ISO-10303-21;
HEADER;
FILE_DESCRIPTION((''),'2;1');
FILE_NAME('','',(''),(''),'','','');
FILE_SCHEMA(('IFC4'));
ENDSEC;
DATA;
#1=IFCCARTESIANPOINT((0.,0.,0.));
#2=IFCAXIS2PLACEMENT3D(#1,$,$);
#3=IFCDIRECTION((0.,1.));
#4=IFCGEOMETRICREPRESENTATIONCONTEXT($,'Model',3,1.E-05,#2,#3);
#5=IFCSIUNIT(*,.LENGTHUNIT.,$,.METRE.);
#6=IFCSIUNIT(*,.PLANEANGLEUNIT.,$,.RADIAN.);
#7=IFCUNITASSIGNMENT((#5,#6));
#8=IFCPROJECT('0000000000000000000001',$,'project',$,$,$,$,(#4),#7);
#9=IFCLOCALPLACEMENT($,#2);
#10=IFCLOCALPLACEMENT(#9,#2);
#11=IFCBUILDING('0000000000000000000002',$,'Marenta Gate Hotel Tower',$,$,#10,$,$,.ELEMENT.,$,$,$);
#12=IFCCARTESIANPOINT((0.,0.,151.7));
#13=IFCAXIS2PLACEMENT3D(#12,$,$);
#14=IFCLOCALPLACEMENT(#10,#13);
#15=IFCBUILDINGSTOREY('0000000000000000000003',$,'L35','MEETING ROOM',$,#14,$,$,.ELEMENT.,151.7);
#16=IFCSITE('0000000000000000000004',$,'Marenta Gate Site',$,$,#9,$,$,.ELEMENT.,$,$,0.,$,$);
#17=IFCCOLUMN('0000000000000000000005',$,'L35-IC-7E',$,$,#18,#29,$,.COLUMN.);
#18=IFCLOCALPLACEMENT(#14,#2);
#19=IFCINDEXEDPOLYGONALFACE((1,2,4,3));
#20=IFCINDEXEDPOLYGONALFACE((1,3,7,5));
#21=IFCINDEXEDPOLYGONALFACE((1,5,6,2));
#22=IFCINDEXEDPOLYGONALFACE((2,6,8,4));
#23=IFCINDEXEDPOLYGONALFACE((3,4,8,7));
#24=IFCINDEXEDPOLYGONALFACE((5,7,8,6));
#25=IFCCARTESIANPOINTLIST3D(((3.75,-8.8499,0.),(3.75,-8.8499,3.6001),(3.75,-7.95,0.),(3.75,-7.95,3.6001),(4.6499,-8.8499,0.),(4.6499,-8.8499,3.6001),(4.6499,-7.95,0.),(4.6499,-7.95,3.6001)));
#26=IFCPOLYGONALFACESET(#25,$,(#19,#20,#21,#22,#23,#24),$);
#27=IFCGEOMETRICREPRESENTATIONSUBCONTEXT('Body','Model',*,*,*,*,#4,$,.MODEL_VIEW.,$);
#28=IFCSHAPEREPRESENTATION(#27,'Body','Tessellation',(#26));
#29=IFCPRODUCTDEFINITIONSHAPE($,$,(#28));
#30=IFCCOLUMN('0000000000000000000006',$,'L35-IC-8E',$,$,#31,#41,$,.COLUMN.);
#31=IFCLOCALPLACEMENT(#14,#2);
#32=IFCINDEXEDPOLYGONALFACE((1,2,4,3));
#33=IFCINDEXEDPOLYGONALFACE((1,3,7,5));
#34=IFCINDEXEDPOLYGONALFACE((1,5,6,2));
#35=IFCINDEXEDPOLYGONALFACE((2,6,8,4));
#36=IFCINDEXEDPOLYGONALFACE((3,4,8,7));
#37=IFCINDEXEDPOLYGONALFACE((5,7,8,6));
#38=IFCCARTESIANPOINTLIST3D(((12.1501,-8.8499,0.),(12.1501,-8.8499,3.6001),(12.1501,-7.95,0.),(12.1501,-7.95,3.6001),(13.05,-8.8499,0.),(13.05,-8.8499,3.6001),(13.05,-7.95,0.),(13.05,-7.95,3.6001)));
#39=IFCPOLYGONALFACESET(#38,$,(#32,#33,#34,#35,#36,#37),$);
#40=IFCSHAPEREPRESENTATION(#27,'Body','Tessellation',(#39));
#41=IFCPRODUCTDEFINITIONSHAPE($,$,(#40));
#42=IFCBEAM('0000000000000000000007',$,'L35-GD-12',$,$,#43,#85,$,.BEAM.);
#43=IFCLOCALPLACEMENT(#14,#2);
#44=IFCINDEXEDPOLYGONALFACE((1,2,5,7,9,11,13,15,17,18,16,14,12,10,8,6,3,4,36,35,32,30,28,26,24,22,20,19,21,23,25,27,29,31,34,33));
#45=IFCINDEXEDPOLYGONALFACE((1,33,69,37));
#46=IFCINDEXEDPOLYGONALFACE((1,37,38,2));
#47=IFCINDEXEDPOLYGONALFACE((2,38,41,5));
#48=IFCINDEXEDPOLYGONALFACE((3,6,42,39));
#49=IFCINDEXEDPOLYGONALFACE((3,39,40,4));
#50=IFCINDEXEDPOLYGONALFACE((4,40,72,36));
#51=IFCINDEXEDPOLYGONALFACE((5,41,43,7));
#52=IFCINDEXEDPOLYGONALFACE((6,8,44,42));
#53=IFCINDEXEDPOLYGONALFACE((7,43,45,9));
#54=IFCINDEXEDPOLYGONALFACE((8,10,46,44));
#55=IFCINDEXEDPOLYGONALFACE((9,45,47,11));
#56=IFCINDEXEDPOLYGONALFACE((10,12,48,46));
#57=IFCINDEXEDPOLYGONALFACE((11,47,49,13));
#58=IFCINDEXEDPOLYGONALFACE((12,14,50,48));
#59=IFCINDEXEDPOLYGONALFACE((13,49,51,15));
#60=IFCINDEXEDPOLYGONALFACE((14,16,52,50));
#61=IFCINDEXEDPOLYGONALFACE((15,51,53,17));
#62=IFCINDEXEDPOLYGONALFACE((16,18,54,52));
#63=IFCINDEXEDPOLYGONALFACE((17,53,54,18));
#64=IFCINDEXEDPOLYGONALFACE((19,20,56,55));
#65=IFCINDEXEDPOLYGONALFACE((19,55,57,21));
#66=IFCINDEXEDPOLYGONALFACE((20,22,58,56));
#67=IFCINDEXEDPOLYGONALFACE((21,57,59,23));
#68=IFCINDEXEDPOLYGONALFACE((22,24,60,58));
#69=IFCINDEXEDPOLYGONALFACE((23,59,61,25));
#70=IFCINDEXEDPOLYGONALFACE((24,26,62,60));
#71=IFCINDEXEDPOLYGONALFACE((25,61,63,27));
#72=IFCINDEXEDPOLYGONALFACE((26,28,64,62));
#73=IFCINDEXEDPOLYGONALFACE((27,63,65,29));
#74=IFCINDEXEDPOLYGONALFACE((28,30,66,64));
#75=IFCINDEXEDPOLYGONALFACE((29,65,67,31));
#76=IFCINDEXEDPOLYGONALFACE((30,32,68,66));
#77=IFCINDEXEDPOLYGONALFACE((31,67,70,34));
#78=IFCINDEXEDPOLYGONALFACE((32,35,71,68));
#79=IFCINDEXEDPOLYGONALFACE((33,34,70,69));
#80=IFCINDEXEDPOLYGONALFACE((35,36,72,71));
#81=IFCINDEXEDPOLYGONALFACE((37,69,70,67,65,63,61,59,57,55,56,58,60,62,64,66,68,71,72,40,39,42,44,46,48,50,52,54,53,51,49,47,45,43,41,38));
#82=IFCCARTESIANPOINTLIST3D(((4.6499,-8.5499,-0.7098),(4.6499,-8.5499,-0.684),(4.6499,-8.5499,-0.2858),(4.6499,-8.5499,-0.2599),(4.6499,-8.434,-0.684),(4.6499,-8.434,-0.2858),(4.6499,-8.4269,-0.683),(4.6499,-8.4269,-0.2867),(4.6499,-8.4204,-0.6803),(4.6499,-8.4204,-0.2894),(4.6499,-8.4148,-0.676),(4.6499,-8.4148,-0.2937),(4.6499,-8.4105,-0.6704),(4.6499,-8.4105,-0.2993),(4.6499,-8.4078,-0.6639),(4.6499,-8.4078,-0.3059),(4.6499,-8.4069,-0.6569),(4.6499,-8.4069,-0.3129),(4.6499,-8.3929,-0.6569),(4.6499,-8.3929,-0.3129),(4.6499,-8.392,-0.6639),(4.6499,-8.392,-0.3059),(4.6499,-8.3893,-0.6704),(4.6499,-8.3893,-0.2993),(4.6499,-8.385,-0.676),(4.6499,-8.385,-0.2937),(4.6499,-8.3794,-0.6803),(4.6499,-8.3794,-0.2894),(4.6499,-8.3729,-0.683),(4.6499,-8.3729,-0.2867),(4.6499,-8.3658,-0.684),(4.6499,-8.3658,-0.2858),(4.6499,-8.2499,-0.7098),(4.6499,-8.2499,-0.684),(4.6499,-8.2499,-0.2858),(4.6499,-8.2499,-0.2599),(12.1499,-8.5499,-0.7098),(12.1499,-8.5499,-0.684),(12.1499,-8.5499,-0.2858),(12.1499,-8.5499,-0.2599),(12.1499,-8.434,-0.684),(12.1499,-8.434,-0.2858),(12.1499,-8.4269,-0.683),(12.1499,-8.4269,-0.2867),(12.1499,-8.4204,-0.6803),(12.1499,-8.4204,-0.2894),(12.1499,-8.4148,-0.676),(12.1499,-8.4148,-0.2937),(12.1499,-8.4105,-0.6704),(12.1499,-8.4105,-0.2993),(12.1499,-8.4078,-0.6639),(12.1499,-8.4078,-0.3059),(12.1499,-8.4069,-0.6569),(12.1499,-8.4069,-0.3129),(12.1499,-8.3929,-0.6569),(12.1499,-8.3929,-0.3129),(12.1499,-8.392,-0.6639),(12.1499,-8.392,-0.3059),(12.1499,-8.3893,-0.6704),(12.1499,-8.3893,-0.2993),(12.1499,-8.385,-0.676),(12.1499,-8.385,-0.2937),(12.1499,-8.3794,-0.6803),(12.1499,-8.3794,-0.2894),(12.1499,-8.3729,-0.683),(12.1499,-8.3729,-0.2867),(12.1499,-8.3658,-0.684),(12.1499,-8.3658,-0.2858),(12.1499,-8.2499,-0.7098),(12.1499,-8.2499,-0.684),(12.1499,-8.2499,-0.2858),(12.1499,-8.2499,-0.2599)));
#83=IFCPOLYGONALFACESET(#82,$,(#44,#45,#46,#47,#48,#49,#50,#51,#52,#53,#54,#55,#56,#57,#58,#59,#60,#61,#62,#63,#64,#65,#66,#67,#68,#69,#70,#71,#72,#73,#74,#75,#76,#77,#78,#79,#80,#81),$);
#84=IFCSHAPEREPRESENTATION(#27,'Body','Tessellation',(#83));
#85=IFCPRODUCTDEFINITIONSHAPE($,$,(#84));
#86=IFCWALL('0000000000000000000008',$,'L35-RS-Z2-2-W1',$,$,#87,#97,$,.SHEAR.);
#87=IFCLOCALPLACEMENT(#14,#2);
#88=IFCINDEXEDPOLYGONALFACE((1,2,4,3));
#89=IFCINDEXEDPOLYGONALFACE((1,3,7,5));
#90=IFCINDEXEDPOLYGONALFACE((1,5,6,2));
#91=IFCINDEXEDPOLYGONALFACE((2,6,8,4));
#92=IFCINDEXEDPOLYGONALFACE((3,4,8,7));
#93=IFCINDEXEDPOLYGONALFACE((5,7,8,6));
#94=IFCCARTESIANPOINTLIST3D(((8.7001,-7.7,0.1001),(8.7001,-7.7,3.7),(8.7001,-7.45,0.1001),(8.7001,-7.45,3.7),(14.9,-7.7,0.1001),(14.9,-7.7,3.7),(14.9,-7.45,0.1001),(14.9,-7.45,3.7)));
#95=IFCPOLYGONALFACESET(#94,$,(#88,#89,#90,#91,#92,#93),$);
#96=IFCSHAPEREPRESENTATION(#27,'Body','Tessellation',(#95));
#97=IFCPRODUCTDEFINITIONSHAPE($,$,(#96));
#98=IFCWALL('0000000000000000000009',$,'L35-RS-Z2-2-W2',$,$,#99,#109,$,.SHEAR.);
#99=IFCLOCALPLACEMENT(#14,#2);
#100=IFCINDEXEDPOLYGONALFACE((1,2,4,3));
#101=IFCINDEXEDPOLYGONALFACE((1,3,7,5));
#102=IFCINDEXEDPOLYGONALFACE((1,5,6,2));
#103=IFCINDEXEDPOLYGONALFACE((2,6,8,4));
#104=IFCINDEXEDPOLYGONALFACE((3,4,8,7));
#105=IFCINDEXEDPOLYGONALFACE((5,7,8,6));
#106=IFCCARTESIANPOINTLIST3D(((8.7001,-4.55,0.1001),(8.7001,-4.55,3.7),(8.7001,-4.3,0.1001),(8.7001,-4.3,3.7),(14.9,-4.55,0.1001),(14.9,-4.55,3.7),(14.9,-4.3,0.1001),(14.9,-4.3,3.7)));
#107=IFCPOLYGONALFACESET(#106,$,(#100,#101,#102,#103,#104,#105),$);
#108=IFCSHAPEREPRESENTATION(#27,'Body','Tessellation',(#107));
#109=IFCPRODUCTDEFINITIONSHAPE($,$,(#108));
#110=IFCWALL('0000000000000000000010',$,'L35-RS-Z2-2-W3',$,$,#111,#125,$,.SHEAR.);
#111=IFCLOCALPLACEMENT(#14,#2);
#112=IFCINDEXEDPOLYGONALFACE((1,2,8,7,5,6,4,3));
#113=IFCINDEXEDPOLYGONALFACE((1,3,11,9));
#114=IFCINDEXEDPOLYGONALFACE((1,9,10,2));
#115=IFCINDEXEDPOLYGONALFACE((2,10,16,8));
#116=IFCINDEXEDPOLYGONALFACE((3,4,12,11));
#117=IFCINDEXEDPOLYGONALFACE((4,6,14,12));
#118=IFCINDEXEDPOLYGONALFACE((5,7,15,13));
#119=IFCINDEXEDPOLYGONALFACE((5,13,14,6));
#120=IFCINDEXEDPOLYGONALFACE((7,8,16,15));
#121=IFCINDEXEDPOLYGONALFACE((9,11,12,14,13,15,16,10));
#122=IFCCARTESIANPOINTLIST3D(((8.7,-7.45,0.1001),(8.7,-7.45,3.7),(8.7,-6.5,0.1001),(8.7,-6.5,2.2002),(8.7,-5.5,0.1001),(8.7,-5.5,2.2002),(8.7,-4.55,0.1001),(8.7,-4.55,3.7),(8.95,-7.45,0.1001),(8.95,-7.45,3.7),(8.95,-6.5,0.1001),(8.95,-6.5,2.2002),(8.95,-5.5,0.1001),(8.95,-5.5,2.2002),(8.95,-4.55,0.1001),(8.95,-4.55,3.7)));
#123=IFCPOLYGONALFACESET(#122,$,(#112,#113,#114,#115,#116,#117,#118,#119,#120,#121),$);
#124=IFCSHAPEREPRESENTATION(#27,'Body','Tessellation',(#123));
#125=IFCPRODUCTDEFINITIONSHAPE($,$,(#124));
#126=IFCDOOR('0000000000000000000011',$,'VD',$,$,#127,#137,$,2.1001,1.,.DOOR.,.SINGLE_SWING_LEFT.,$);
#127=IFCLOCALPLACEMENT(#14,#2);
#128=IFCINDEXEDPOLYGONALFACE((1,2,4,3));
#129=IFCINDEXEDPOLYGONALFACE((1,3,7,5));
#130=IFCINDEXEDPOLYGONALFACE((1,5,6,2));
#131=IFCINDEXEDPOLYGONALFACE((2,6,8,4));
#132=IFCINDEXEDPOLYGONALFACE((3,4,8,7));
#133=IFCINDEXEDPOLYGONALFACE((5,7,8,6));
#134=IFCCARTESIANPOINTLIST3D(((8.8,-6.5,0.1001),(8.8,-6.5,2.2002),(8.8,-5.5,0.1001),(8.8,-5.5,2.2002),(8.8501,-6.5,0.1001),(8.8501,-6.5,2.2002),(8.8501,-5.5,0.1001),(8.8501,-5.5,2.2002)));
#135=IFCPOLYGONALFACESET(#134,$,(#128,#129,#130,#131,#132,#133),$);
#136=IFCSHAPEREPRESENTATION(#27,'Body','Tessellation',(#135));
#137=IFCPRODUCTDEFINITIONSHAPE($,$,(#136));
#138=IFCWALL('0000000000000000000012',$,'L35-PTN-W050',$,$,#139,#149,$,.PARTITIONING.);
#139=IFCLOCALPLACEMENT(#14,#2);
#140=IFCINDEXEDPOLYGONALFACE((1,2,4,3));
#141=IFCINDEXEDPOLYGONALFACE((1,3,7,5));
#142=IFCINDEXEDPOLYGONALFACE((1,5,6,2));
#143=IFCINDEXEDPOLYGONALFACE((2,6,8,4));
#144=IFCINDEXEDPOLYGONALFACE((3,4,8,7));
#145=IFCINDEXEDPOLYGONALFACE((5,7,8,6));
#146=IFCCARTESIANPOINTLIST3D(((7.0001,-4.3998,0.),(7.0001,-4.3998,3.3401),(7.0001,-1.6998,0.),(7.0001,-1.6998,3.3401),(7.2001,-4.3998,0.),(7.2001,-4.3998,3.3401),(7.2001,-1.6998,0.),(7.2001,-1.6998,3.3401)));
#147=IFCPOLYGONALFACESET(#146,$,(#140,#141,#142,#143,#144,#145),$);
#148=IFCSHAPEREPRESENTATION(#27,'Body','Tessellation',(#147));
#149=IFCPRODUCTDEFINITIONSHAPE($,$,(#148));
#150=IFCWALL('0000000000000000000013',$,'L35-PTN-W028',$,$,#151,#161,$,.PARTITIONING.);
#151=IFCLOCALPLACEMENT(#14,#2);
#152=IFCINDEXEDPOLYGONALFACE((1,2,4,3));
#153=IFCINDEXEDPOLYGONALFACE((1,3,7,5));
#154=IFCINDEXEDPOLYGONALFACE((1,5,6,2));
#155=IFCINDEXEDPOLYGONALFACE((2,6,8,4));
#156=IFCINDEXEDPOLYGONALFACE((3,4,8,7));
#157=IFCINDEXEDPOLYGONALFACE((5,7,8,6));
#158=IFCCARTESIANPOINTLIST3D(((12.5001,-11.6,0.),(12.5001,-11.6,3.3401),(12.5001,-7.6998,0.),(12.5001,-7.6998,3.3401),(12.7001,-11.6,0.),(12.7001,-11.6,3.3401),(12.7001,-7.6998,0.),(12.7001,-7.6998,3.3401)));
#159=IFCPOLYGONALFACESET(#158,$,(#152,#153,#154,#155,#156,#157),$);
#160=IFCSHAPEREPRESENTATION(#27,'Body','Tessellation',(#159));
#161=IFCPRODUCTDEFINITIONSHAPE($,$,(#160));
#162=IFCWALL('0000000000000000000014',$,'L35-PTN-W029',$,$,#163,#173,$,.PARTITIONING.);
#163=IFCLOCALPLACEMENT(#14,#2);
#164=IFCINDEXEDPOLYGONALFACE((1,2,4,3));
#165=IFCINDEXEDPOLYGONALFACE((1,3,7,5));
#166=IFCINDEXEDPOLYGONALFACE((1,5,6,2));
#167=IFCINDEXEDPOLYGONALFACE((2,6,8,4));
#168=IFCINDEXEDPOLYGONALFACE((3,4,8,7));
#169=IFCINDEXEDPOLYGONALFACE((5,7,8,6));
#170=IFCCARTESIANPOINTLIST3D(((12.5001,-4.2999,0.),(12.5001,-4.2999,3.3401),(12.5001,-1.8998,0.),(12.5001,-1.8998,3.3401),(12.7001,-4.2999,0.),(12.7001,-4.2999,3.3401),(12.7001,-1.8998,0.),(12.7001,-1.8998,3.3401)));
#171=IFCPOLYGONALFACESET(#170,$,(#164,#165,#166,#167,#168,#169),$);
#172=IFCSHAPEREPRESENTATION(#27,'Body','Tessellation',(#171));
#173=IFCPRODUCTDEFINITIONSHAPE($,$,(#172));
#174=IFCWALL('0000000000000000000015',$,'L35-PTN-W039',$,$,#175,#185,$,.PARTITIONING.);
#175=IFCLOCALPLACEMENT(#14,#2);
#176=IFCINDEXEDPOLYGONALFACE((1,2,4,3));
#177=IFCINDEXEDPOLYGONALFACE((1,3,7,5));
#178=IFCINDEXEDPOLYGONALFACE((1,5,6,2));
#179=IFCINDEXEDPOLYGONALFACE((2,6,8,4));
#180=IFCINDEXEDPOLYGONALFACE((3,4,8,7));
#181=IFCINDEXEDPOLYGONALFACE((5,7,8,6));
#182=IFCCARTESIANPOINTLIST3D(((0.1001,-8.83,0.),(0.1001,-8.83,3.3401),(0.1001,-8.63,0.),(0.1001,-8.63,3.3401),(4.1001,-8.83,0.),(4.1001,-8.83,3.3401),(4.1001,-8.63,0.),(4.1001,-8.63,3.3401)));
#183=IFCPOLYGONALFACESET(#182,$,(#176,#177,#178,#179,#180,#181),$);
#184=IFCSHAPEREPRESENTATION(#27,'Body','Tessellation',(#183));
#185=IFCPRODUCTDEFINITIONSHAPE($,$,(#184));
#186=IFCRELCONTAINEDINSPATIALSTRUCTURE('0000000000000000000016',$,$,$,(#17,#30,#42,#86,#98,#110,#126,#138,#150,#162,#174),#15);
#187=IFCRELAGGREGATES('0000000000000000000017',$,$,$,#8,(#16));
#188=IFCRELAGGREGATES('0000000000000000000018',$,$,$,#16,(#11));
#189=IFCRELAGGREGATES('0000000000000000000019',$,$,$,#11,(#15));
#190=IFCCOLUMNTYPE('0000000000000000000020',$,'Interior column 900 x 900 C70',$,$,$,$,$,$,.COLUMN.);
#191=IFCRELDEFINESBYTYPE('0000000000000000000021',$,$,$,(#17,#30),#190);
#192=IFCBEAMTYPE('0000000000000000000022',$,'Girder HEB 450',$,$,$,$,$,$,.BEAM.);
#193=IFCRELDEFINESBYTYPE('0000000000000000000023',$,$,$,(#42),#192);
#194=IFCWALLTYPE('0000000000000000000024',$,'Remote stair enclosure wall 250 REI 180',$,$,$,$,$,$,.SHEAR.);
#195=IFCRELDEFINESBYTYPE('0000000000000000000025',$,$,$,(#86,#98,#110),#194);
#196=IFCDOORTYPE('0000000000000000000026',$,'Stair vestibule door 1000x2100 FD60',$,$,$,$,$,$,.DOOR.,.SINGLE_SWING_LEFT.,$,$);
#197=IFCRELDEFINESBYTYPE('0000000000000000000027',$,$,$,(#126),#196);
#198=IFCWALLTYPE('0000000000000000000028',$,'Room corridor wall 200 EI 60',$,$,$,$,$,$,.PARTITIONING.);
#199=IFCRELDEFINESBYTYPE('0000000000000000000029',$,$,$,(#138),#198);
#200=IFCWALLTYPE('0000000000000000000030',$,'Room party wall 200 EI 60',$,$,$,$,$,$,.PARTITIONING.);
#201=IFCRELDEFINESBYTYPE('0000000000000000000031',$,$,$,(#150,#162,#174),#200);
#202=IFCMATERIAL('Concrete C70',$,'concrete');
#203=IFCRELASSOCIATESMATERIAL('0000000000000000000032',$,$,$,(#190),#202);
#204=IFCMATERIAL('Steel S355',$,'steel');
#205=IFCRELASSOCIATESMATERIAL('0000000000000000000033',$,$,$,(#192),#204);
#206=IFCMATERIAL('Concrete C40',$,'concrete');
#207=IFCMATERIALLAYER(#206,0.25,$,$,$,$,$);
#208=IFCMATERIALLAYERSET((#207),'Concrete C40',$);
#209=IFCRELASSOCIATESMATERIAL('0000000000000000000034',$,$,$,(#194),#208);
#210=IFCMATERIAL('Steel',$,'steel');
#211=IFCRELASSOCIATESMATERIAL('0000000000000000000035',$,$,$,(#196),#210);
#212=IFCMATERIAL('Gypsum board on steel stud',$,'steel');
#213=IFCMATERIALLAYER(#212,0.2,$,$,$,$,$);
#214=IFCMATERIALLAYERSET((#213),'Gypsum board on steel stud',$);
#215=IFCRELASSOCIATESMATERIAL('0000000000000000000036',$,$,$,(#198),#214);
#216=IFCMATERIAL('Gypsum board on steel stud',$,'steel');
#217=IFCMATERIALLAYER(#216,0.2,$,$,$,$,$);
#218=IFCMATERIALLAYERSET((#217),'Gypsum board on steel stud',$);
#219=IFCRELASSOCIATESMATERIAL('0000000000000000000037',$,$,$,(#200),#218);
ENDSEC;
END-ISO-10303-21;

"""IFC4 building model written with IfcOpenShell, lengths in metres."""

from ifc_helpers import new_model, si_unit, direction, frame, frame_2d, origin, origin_2d, place, context, subcontext, project, spatial, rectangle, i_section, extrude, material, layer, layer_set, material_profile, profile_set, type_object, element, fill, save


model = new_model("IFC4")

# Units and contexts
model_context = context("Model", 3, precision=1e-05, world=origin(), true_north=direction((0.0, 1.0)))
body_context = subcontext(model_context, "Body", "Model", "MODEL_VIEW")
ifc_project = project(units=[si_unit("LENGTHUNIT", "METRE"), si_unit("PLANEANGLEUNIT", "RADIAN")], contexts=[model_context])

# Site, building, storey
site_placement = place(None, origin())
site = spatial("IfcSite", under=ifc_project, at=site_placement, Name="Marenta Gate Site", CompositionType="ELEMENT", RefElevation=0.0)
building_placement = place(site_placement, origin())
building = spatial("IfcBuilding", under=site, at=building_placement, Name="Marenta Gate Hotel Tower", CompositionType="ELEMENT")
storey_placement = place(building_placement, frame((0.0, 0.0, 151.7)))
storey = spatial("IfcBuildingStorey", under=building, at=storey_placement, Name="L35", Description="MEETING ROOM", CompositionType="ELEMENT", Elevation=151.7)

# Columns
ifc_material_1 = material(Name="Concrete C70", Category="concrete")
ifc_material_profile_1 = material_profile(ifc_material_1, rectangle(XDim=0.8999, YDim=0.8999, at=origin_2d()), Name="900 x 900")
ifc_profile_set_1 = profile_set([ifc_material_profile_1], Name="Concrete C70")
column_type = type_object("IfcColumnType", Name="Interior column 900 x 900 C70", PredefinedType="COLUMN", material=ifc_profile_set_1)
for number, where, z_axis, x_axis, name in (
    (1, (4.2, -8.3999, 0.0), (0.0, 0.0, 1.0), (1.0, 0.0, 0.0), "L35-IC-7E"),
    (2, (12.6001, -8.3999, 0.0), (0.0, 0.0, 1.0), (1.0, 0.0, 0.0), "L35-IC-8E"),
):
    element("IfcColumn", number, at=place(storey_placement, frame(where, z_axis=z_axis, x_axis=x_axis)), inside=storey, type_object=column_type, Name=name, PredefinedType="COLUMN", context=body_context, shape_type="SweptSolid", body=[
        extrude(rectangle(XDim=0.8999, YDim=0.8999, at=origin_2d()), origin(), (0.0, 0.0, 1.0), 3.6001),
    ])

# Beam
ifc_material_2 = material(Name="Steel S355", Category="steel")
ifc_material_profile_2 = material_profile(ifc_material_2, i_section(OverallWidth=0.3, OverallDepth=0.45, WebThickness=0.0139, FlangeThickness=0.0259, FilletRadius=0.0271, at=origin_2d()), Name="HEB 450")
ifc_profile_set_2 = profile_set([ifc_material_profile_2], Name="Steel S355")
beam_type = type_object("IfcBeamType", Name="Girder HEB 450", PredefinedType="BEAM", material=ifc_profile_set_2)
beam_placement = place(storey_placement, frame((4.6499, -8.3999, -0.4849), z_axis=(1.0, 0.0, 0.0), x_axis=(0.0, 1.0, 0.0)))
element("IfcBeam", 3, at=beam_placement, inside=storey, type_object=beam_type, Name="L35-GD-12", PredefinedType="BEAM", context=body_context, shape_type="SweptSolid", body=[
    extrude(i_section(OverallWidth=0.3, OverallDepth=0.45, WebThickness=0.0139, FlangeThickness=0.0259, FilletRadius=0.0271, at=origin_2d()), origin(), (0.0, 0.0, 1.0), 7.5),
])

# Walls
ifc_material_3 = material(Name="Concrete C40", Category="concrete")
ifc_layer_1 = layer(ifc_material_3, 0.25)
ifc_layer_set_1 = layer_set([ifc_layer_1], Name="Concrete C40")
wall_type_1 = type_object("IfcWallType", Name="Remote stair enclosure wall 250 REI 180", PredefinedType="SHEAR", material=ifc_layer_set_1)
for number, where, z_axis, x_axis, name in (
    (4, (8.7, -7.575, 0.1001), (0.0, 0.0, 1.0), (1.0, 0.0, 0.0), "L35-RS-Z2-2-W1"),
    (5, (8.7, -4.425, 0.1001), (0.0, 0.0, 1.0), (1.0, 0.0, 0.0), "L35-RS-Z2-2-W2"),
):
    element("IfcWall", number, at=place(storey_placement, frame(where, z_axis=z_axis, x_axis=x_axis)), inside=storey, type_object=wall_type_1, Name=name, PredefinedType="SHEAR", context=body_context, shape_type="SweptSolid", body=[
        extrude(rectangle(XDim=6.2, YDim=0.25, at=frame_2d((3.1001, 0.0))), origin(), (0.0, 0.0, 1.0), 3.5999),
    ])

# Wall, opening, door
wall_1_placement = place(storey_placement, frame((8.825, -7.45, 0.1001), z_axis=(0.0, 0.0, 1.0), x_axis=(0.0, 1.0, 0.0)))
wall_1 = element("IfcWall", 6, at=wall_1_placement, inside=storey, type_object=wall_type_1, Name="L35-RS-Z2-2-W3", PredefinedType="SHEAR", context=body_context, shape_type="SweptSolid", body=[
    extrude(rectangle(XDim=2.8999, YDim=0.25, at=frame_2d((1.45, 0.0))), origin(), (0.0, 0.0, 1.0), 3.5999),
])
opening_1_placement = place(wall_1_placement, frame((0.95, 0.0, 0.0)))
opening_1 = element("IfcOpeningElement", 7, at=opening_1_placement, cuts=wall_1, PredefinedType="OPENING", context=body_context, shape_type="SweptSolid", body=[
    extrude(rectangle(XDim=1.0, YDim=2.1001, at=frame_2d((0.5, 1.05))), frame((0.0, 0.125, 0.0), z_axis=(0.0, -1.0, 0.0), x_axis=(1.0, 0.0, 0.0)), (0.0, 0.0, 1.0), 0.25),
])
ifc_material_4 = material(Name="Steel", Category="steel")
door_type_1 = type_object("IfcDoorType", Name="Stair vestibule door 1000x2100 FD60", OperationType="SINGLE_SWING_LEFT", PredefinedType="DOOR", material=ifc_material_4)
door_1_placement = place(opening_1_placement, origin())
door_1 = element("IfcDoor", 8, at=door_1_placement, inside=storey, type_object=door_type_1, Name="VD", OperationType="SINGLE_SWING_LEFT", OverallHeight=2.1001, OverallWidth=1.0, PredefinedType="DOOR", context=body_context, shape_type="SweptSolid", body=[
    extrude(rectangle(XDim=1.0, YDim=2.1001, at=frame_2d((0.5, 1.05))), frame((0.0, 0.0249, 0.0), z_axis=(0.0, -1.0, 0.0), x_axis=(1.0, 0.0, 0.0)), (0.0, 0.0, 1.0), 0.05),
])
fill(opening_1, door_1)
ifc_material_5 = material(Name="Gypsum board on steel stud", Category="steel")
ifc_layer_2 = layer(ifc_material_5, 0.2)
ifc_layer_set_2 = layer_set([ifc_layer_2], Name="Gypsum board on steel stud")
wall_type_2 = type_object("IfcWallType", Name="Room corridor wall 200 EI 60", PredefinedType="PARTITIONING", material=ifc_layer_set_2)

# Wall
wall_2_placement = place(storey_placement, frame((7.1001, -4.3999, 0.0), z_axis=(0.0, 0.0, 1.0), x_axis=(0.0, 1.0, 0.0)))
element("IfcWall", 9, at=wall_2_placement, inside=storey, type_object=wall_type_2, Name="L35-PTN-W050", PredefinedType="PARTITIONING", context=body_context, shape_type="SweptSolid", body=[
    extrude(rectangle(XDim=2.7, YDim=0.2, at=frame_2d((1.3501, 0.0))), origin(), (0.0, 0.0, 1.0), 3.3401),
])

# Walls
ifc_material_6 = material(Name="Gypsum board on steel stud", Category="steel")
ifc_layer_3 = layer(ifc_material_6, 0.2)
ifc_layer_set_3 = layer_set([ifc_layer_3], Name="Gypsum board on steel stud")
wall_type_3 = type_object("IfcWallType", Name="Room party wall 200 EI 60", PredefinedType="PARTITIONING", material=ifc_layer_set_3)
wall_3_placement = place(storey_placement, frame((12.6001, -11.6001, 0.0), z_axis=(0.0, 0.0, 1.0), x_axis=(0.0, 1.0, 0.0)))
element("IfcWall", 10, at=wall_3_placement, inside=storey, type_object=wall_type_3, Name="L35-PTN-W028", PredefinedType="PARTITIONING", context=body_context, shape_type="SweptSolid", body=[
    extrude(rectangle(XDim=3.9001, YDim=0.2, at=frame_2d((1.9502, 0.0))), origin(), (0.0, 0.0, 1.0), 3.3401),
])
wall_4_placement = place(storey_placement, frame((12.6001, -4.3, 0.0), z_axis=(0.0, 0.0, 1.0), x_axis=(0.0, 1.0, 0.0)))
element("IfcWall", 11, at=wall_4_placement, inside=storey, type_object=wall_type_3, Name="L35-PTN-W029", PredefinedType="PARTITIONING", context=body_context, shape_type="SweptSolid", body=[
    extrude(rectangle(XDim=2.4001, YDim=0.2, at=frame_2d((1.2002, 0.0))), origin(), (0.0, 0.0, 1.0), 3.3401),
])
wall_5_placement = place(storey_placement, frame((0.1001, -8.73, 0.0), z_axis=(0.0, 0.0, 1.0), x_axis=(1.0, 0.0, 0.0)))
element("IfcWall", 12, at=wall_5_placement, inside=storey, type_object=wall_type_3, Name="L35-PTN-W039", PredefinedType="PARTITIONING", context=body_context, shape_type="SweptSolid", body=[
    extrude(rectangle(XDim=4.0, YDim=0.2, at=frame_2d((2.0, 0.0))), origin(), (0.0, 0.0, 1.0), 3.3401),
])

save(model, "model.ifc")
